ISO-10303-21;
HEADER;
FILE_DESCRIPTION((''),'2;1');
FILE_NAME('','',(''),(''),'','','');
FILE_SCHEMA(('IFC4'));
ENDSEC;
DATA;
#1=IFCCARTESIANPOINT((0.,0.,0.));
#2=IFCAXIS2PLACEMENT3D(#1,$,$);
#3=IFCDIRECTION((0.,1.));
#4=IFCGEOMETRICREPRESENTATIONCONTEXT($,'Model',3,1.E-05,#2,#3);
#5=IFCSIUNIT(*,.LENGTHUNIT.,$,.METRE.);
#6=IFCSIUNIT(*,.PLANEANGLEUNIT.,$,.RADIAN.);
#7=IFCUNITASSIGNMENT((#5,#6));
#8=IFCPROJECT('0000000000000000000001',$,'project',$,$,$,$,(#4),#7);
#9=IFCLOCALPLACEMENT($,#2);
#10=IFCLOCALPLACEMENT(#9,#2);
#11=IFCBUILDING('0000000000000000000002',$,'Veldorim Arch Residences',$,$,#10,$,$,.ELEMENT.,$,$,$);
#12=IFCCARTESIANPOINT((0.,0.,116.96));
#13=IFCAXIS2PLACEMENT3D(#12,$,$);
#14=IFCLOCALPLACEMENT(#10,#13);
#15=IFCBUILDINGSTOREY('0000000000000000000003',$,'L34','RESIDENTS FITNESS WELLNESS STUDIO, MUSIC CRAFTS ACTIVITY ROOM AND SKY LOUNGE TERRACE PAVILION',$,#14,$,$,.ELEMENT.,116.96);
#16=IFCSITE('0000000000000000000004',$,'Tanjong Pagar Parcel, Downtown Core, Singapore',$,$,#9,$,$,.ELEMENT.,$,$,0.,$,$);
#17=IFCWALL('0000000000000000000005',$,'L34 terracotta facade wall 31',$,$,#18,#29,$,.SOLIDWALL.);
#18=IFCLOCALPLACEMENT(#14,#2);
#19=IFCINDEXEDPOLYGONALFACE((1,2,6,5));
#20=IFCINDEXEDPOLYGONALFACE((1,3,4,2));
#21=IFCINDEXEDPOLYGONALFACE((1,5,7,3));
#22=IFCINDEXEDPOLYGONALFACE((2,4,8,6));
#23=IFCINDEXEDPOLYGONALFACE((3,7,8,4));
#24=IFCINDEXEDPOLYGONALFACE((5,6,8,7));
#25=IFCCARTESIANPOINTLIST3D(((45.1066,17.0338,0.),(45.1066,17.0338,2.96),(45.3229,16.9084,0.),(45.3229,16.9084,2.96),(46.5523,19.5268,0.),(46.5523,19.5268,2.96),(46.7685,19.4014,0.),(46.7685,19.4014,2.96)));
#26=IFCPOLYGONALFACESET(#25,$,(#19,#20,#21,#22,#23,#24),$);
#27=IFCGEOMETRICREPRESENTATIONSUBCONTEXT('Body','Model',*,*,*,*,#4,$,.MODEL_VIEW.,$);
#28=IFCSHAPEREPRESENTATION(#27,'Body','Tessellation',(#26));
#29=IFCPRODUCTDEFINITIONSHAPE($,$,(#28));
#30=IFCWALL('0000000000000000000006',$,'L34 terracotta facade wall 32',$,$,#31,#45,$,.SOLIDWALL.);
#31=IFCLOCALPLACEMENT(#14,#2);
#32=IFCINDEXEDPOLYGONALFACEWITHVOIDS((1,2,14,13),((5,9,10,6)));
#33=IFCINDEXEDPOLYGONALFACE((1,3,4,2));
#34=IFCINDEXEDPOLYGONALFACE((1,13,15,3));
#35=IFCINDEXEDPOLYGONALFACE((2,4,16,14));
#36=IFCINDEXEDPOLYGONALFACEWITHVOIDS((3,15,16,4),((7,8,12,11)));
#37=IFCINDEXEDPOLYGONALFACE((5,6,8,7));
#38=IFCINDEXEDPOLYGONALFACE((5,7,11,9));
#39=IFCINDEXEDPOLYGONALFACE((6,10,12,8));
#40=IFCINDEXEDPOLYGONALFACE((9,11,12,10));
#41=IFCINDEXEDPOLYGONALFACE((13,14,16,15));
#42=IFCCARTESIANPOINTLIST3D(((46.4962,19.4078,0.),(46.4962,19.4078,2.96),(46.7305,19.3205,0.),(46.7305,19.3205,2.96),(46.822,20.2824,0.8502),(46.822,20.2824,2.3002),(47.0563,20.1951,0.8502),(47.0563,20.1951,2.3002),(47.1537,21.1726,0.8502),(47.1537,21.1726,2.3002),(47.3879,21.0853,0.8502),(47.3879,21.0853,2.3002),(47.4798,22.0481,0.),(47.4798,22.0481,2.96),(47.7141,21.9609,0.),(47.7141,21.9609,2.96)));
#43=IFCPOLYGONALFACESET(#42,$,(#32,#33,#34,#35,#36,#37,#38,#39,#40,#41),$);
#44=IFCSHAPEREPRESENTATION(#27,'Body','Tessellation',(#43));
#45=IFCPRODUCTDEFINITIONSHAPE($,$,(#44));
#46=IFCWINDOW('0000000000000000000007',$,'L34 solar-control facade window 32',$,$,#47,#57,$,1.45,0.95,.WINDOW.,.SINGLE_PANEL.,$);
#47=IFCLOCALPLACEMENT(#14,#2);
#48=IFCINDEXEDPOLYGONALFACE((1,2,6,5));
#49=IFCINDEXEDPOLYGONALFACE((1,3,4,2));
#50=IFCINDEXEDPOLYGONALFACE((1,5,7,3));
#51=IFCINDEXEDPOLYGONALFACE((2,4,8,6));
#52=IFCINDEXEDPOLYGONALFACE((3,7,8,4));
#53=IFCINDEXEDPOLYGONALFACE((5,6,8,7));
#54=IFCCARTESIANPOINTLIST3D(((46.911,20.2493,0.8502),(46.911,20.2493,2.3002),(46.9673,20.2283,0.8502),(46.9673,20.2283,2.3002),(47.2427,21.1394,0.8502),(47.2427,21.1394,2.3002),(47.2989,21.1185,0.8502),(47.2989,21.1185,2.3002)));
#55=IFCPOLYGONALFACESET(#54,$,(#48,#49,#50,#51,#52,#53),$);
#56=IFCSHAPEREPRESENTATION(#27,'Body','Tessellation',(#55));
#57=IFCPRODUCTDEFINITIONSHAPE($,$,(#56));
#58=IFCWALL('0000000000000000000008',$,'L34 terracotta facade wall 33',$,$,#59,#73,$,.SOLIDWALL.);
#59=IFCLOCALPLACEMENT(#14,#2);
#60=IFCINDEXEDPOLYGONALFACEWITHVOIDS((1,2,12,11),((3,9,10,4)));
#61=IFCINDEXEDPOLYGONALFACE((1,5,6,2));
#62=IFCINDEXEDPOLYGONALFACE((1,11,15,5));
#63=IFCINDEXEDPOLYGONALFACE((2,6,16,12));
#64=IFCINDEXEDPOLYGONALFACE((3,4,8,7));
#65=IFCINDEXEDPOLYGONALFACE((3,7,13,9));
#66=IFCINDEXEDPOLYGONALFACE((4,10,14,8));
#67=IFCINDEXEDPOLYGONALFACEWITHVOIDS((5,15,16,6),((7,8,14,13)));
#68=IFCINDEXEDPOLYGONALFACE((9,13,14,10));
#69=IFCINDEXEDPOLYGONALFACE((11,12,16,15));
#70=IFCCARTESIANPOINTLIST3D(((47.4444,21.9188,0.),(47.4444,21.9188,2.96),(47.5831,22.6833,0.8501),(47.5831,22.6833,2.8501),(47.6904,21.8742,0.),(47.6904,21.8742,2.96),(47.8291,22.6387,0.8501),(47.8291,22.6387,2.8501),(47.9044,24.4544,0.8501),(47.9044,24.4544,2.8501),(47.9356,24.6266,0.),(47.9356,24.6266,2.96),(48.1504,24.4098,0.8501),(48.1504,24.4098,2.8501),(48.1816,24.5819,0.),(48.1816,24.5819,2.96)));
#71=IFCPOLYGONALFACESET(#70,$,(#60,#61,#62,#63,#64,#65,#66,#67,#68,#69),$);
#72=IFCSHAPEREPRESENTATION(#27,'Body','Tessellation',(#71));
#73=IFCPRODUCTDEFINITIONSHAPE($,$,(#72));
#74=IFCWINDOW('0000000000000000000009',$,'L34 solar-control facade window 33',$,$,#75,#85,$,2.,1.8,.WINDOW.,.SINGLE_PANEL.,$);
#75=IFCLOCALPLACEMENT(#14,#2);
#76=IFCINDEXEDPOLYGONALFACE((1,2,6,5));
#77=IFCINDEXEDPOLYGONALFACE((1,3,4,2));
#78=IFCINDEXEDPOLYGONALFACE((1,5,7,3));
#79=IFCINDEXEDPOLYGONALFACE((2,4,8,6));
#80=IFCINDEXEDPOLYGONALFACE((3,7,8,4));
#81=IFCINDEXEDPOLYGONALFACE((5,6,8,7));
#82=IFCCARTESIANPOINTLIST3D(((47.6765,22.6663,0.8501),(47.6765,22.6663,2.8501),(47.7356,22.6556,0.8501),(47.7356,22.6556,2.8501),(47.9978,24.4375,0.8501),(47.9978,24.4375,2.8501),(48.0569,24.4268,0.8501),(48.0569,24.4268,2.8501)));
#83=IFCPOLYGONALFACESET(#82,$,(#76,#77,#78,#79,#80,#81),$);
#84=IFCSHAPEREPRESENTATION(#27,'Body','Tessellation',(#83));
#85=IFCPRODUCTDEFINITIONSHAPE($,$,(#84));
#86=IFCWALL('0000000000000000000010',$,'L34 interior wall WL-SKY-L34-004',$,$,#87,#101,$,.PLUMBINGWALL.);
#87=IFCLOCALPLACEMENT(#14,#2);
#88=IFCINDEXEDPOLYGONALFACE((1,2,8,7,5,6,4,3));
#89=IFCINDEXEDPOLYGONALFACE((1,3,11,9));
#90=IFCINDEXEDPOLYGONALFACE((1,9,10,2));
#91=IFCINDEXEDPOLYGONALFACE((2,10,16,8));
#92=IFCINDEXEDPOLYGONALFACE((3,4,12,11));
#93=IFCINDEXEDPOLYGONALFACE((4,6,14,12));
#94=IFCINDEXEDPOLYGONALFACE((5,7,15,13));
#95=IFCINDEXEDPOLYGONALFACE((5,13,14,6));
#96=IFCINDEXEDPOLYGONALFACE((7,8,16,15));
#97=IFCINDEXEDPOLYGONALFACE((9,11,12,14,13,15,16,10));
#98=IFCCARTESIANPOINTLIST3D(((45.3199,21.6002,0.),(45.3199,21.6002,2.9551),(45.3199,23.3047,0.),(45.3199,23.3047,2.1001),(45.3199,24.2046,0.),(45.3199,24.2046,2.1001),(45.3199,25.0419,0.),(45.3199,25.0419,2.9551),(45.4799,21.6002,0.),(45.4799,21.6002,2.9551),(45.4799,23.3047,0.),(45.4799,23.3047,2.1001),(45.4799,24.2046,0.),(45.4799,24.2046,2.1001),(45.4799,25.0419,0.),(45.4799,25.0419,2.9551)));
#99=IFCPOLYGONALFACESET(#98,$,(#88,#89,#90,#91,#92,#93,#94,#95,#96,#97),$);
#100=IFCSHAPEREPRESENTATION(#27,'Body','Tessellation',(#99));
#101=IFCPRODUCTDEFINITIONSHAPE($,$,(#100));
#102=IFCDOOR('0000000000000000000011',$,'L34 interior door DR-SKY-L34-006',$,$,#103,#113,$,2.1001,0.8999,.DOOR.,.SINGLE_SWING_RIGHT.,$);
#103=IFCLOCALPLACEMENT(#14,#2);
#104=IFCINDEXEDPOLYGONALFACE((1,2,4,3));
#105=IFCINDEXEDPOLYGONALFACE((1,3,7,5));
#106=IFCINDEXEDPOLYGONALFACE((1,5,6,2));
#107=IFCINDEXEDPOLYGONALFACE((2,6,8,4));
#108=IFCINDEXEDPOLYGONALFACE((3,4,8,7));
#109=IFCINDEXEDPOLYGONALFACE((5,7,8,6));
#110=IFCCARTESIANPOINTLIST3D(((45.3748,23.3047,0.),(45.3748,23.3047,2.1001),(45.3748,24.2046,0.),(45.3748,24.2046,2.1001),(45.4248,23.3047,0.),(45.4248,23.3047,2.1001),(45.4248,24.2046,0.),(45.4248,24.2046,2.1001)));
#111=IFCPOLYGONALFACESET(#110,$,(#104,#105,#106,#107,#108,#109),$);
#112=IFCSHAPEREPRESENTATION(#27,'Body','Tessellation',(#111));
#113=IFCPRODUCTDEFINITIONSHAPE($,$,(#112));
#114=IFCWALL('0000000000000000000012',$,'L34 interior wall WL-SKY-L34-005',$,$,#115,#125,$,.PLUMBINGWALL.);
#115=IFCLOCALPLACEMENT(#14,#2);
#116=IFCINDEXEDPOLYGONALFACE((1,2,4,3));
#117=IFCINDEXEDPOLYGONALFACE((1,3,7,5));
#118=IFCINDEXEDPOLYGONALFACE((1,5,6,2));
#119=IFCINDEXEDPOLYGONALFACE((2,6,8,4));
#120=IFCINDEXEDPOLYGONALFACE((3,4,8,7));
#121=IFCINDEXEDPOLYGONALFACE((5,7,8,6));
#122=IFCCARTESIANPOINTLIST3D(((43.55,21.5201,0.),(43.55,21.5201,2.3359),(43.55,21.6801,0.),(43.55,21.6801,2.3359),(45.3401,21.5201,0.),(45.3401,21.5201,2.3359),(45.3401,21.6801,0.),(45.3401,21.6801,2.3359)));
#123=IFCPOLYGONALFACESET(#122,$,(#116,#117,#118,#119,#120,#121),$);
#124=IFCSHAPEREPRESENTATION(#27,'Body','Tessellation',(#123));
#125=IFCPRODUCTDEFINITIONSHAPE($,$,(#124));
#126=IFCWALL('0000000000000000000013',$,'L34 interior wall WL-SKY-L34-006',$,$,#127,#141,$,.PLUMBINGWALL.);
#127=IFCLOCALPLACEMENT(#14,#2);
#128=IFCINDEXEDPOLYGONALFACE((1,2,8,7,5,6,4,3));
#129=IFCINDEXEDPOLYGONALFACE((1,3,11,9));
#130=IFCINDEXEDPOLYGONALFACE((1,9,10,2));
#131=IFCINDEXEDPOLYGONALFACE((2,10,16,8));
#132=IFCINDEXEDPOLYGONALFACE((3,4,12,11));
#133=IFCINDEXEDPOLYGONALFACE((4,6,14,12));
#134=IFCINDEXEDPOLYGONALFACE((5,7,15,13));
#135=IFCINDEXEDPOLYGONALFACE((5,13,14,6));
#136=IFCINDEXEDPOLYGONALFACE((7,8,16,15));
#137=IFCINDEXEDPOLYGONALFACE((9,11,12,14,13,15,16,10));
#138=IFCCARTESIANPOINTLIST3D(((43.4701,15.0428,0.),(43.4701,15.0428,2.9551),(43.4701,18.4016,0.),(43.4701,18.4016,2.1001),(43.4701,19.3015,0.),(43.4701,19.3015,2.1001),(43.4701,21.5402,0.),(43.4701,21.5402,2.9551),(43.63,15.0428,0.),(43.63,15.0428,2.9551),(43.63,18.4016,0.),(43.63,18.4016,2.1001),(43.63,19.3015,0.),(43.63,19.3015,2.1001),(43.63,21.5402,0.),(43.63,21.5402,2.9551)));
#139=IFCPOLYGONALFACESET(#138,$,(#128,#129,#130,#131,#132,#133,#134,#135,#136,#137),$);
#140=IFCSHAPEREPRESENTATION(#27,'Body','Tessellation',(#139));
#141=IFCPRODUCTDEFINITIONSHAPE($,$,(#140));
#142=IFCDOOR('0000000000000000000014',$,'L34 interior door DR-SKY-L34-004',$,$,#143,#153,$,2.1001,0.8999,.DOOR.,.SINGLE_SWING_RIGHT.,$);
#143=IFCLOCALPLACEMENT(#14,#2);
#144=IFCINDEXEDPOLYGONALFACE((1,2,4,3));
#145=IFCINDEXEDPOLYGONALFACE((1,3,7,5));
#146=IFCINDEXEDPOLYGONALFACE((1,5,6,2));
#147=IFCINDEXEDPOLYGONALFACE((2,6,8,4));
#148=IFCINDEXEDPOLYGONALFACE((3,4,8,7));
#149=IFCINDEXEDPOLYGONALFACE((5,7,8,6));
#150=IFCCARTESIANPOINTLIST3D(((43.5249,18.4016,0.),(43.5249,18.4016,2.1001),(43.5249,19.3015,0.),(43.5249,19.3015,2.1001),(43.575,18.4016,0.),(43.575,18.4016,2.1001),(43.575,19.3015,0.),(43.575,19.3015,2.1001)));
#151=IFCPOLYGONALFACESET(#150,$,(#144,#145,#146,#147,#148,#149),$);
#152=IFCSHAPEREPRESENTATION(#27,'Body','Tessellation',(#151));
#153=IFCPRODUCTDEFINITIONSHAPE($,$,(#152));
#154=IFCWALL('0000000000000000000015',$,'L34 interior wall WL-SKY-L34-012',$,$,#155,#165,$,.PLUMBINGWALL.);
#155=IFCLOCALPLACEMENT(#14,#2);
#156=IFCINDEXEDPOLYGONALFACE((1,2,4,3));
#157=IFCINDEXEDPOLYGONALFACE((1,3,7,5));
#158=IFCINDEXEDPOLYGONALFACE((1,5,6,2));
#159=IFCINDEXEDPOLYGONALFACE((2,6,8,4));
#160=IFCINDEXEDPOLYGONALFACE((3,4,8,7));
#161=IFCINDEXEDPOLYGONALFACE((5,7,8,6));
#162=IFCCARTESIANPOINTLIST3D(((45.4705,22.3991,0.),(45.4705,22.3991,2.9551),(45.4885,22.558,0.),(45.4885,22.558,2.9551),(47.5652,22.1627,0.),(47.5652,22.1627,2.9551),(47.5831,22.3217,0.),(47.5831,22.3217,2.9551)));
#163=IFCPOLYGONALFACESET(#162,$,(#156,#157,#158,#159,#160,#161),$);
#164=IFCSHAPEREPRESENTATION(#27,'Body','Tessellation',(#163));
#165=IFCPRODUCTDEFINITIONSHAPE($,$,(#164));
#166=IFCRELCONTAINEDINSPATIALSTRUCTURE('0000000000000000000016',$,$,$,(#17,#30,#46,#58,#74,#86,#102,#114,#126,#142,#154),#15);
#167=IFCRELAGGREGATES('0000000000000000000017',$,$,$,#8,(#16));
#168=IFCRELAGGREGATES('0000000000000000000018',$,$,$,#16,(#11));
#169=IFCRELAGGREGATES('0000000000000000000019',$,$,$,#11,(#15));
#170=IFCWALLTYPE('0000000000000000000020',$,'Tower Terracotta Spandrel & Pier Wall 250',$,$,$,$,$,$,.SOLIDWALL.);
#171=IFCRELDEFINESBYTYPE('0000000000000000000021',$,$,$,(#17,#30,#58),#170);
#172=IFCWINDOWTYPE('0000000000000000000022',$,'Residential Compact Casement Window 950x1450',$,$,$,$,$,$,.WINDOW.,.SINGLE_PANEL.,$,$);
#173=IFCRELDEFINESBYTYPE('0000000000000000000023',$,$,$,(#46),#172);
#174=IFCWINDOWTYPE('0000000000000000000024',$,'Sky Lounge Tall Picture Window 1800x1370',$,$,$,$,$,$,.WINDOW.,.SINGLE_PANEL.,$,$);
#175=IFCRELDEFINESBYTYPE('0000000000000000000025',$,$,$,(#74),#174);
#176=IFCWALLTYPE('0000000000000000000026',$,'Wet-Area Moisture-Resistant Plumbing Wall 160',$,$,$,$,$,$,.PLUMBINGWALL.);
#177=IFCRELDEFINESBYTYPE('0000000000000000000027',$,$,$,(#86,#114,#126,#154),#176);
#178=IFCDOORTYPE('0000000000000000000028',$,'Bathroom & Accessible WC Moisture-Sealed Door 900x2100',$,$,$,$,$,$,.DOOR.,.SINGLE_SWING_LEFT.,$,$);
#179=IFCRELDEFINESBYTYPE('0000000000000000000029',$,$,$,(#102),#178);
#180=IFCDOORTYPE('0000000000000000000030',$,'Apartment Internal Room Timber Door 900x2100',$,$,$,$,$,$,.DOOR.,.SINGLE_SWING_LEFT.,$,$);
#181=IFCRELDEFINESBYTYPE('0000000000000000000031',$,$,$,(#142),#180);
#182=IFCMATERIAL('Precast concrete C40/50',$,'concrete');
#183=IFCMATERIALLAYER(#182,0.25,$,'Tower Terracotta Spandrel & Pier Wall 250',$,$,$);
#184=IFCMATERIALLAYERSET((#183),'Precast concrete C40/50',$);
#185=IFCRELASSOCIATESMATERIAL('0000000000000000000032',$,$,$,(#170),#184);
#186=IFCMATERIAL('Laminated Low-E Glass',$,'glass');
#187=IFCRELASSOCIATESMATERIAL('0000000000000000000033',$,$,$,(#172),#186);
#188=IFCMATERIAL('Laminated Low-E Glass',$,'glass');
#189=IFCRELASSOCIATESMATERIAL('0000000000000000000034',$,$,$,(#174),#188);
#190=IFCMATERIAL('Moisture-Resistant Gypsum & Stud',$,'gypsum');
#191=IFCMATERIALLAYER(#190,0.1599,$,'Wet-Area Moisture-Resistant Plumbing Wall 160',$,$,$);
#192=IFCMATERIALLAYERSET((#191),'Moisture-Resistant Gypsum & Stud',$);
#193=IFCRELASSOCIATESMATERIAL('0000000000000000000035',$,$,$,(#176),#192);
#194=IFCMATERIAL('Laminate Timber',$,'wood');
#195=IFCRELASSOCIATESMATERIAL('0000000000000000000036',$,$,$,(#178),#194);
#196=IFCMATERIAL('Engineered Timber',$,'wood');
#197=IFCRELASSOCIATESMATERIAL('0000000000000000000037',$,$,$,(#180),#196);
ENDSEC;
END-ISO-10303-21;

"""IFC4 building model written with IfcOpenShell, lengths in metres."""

from ifc_helpers import new_model, si_unit, direction, frame, frame_2d, origin, place, context, subcontext, project, spatial, rectangle, extrude, material, layer, layer_set, type_object, element, fill, save


model = new_model("IFC4")

# Units and contexts
model_context = context("Model", 3, precision=1e-05, world=origin(), true_north=direction((0.0, 1.0)))
body_context = subcontext(model_context, "Body", "Model", "MODEL_VIEW")
ifc_project = project(units=[si_unit("LENGTHUNIT", "METRE"), si_unit("PLANEANGLEUNIT", "RADIAN")], contexts=[model_context])

# Site, building, storey
site_placement = place(None, origin())
site = spatial("IfcSite", under=ifc_project, at=site_placement, Name="Tanjong Pagar Parcel, Downtown Core, Singapore", CompositionType="ELEMENT", RefElevation=0.0)
building_placement = place(site_placement, origin())
building = spatial("IfcBuilding", under=site, at=building_placement, Name="Veldorim Arch Residences", CompositionType="ELEMENT")
storey_placement = place(building_placement, frame((0.0, 0.0, 116.96)))
storey = spatial("IfcBuildingStorey", under=building, at=storey_placement, Name="L34", Description="RESIDENTS FITNESS WELLNESS STUDIO, MUSIC CRAFTS ACTIVITY ROOM AND SKY LOUNGE TERRACE PAVILION", CompositionType="ELEMENT", Elevation=116.96)

# Wall
ifc_material_1 = material(Name="Precast concrete C40/50", Category="concrete")
ifc_layer_1 = layer(ifc_material_1, 0.25, Name="Tower Terracotta Spandrel & Pier Wall 250")
ifc_layer_set_1 = layer_set([ifc_layer_1], Name="Precast concrete C40/50")
wall_type_1 = type_object("IfcWallType", Name="Tower Terracotta Spandrel & Pier Wall 250", PredefinedType="SOLIDWALL", material=ifc_layer_set_1)
wall_1_placement = place(storey_placement, frame((46.6604, 19.4641, 0.0), z_axis=(0.0, 0.0, 1.0), x_axis=(-0.501631, -0.865082, 0.0)))
element("IfcWall", 1, at=wall_1_placement, inside=storey, type_object=wall_type_1, Name="L34 terracotta facade wall 31", PredefinedType="SOLIDWALL", context=body_context, shape_type="SweptSolid", body=[
    extrude(rectangle(XDim=2.8818, YDim=0.25, at=frame_2d((1.4409, 0.0))), origin(), (0.0, 0.0, 1.0), 2.96),
])

# Walls, openings, windows
wall_2_placement = place(storey_placement, frame((47.5969, 22.0044, 0.0), z_axis=(0.0, 0.0, 1.0), x_axis=(-0.3491, -0.937085, 0.0)))
wall_2 = element("IfcWall", 2, at=wall_2_placement, inside=storey, type_object=wall_type_1, Name="L34 terracotta facade wall 32", PredefinedType="SOLIDWALL", context=body_context, shape_type="SweptSolid", body=[
    extrude(rectangle(XDim=2.8176, YDim=0.25, at=frame_2d((1.4087, 0.0))), origin(), (0.0, 0.0, 1.0), 2.96),
])
opening_1_placement = place(wall_2_placement, frame((0.9341, 0.0, 0.8501)))
opening_1 = element("IfcOpeningElement", 3, at=opening_1_placement, cuts=wall_2, PredefinedType="OPENING", context=body_context, shape_type="SweptSolid", body=[
    extrude(rectangle(XDim=0.95, YDim=1.45, at=frame_2d((0.4751, 0.7251))), frame((0.0, 0.135, 0.0), z_axis=(0.0, -1.0, 0.0), x_axis=(1.0, 0.0, 0.0)), (0.0, 0.0, 1.0), 0.27),
])
ifc_material_2 = material(Name="Laminated Low-E Glass", Category="glass")
window_type_1 = type_object("IfcWindowType", Name="Residential Compact Casement Window 950x1450", PartitioningType="SINGLE_PANEL", PredefinedType="WINDOW", material=ifc_material_2)
window_1_placement = place(opening_1_placement, origin())
window_1 = element("IfcWindow", 4, at=window_1_placement, inside=storey, type_object=window_type_1, Name="L34 solar-control facade window 32", OverallHeight=1.45, OverallWidth=0.95, PartitioningType="SINGLE_PANEL", PredefinedType="WINDOW", context=body_context, shape_type="SweptSolid", body=[
    extrude(rectangle(XDim=0.95, YDim=1.45, at=frame_2d((0.4751, 0.7251))), frame((0.0, 0.03, 0.0), z_axis=(0.0, -1.0, 0.0), x_axis=(1.0, 0.0, 0.0)), (0.0, 0.0, 1.0), 0.0601),
])
fill(opening_1, window_1)
wall_3_placement = place(storey_placement, frame((48.0586, 24.6042, 0.0), z_axis=(0.0, 0.0, 1.0), x_axis=(-0.178495, -0.983941, 0.0)))
wall_3 = element("IfcWall", 5, at=wall_3_placement, inside=storey, type_object=wall_type_1, Name="L34 terracotta facade wall 33", PredefinedType="SOLIDWALL", context=body_context, shape_type="SweptSolid", body=[
    extrude(rectangle(XDim=2.752, YDim=0.25, at=frame_2d((1.376, 0.0))), origin(), (0.0, 0.0, 1.0), 2.96),
])
opening_2_placement = place(wall_3_placement, frame((0.175, 0.0, 0.8501)))
opening_2 = element("IfcOpeningElement", 6, at=opening_2_placement, cuts=wall_3, PredefinedType="OPENING", context=body_context, shape_type="SweptSolid", body=[
    extrude(rectangle(XDim=1.8, YDim=2.0, at=frame_2d((0.8999, 1.0))), frame((0.0, 0.135, 0.0), z_axis=(0.0, -1.0, 0.0), x_axis=(1.0, 0.0, 0.0)), (0.0, 0.0, 1.0), 0.27),
])
ifc_material_3 = material(Name="Laminated Low-E Glass", Category="glass")
window_type_2 = type_object("IfcWindowType", Name="Sky Lounge Tall Picture Window 1800x1370", PartitioningType="SINGLE_PANEL", PredefinedType="WINDOW", material=ifc_material_3)
window_2_placement = place(opening_2_placement, origin())
window_2 = element("IfcWindow", 7, at=window_2_placement, inside=storey, type_object=window_type_2, Name="L34 solar-control facade window 33", OverallHeight=2.0, OverallWidth=1.8, PartitioningType="SINGLE_PANEL", PredefinedType="WINDOW", context=body_context, shape_type="SweptSolid", body=[
    extrude(rectangle(XDim=1.8, YDim=2.0, at=frame_2d((0.8999, 1.0))), frame((0.0, 0.03, 0.0), z_axis=(0.0, -1.0, 0.0), x_axis=(1.0, 0.0, 0.0)), (0.0, 0.0, 1.0), 0.0601),
])
fill(opening_2, window_2)

# Wall, opening, door
ifc_material_4 = material(Name="Moisture-Resistant Gypsum & Stud", Category="gypsum")
ifc_layer_2 = layer(ifc_material_4, 0.1599, Name="Wet-Area Moisture-Resistant Plumbing Wall 160")
ifc_layer_set_2 = layer_set([ifc_layer_2], Name="Moisture-Resistant Gypsum & Stud")
wall_type_2 = type_object("IfcWallType", Name="Wet-Area Moisture-Resistant Plumbing Wall 160", PredefinedType="PLUMBINGWALL", material=ifc_layer_set_2)
wall_4_placement = place(storey_placement, frame((45.3999, 25.0417, 0.0), z_axis=(0.0, 0.0, 1.0), x_axis=(0.0, -1.0, 0.0)))
wall_4 = element("IfcWall", 8, at=wall_4_placement, inside=storey, type_object=wall_type_2, Name="L34 interior wall WL-SKY-L34-004", PredefinedType="PLUMBINGWALL", context=body_context, shape_type="SweptSolid", body=[
    extrude(rectangle(XDim=3.4417, YDim=0.1599, at=frame_2d((1.7207, 0.0))), origin(), (0.0, 0.0, 1.0), 2.9551),
])
opening_3_placement = place(wall_4_placement, frame((0.8372, 0.0, 0.0)))
opening_3 = element("IfcOpeningElement", 9, at=opening_3_placement, cuts=wall_4, PredefinedType="OPENING", context=body_context, shape_type="SweptSolid", body=[
    extrude(rectangle(XDim=0.8999, YDim=2.1001, at=frame_2d((0.45, 1.05))), frame((0.0, 0.0898, 0.0), z_axis=(0.0, -1.0, 0.0), x_axis=(1.0, 0.0, 0.0)), (0.0, 0.0, 1.0), 0.1799),
])
ifc_material_5 = material(Name="Laminate Timber", Category="wood")
door_type_1 = type_object("IfcDoorType", Name="Bathroom & Accessible WC Moisture-Sealed Door 900x2100", OperationType="SINGLE_SWING_LEFT", PredefinedType="DOOR", material=ifc_material_5)
door_1_placement = place(opening_3_placement, origin())
door_1 = element("IfcDoor", 10, at=door_1_placement, inside=storey, type_object=door_type_1, Name="L34 interior door DR-SKY-L34-006", OperationType="SINGLE_SWING_RIGHT", OverallHeight=2.1001, OverallWidth=0.8999, PredefinedType="DOOR", context=body_context, shape_type="SweptSolid", body=[
    extrude(rectangle(XDim=0.8999, YDim=2.1001, at=frame_2d((0.45, 1.05))), frame((0.0, 0.0249, 0.0), z_axis=(0.0, -1.0, 0.0), x_axis=(1.0, 0.0, 0.0)), (0.0, 0.0, 1.0), 0.05),
])
fill(opening_3, door_1)

# Wall
wall_5_placement = place(storey_placement, frame((45.3401, 21.6001, 0.0), z_axis=(0.0, 0.0, 1.0), x_axis=(-1.0, 0.0, 0.0)))
element("IfcWall", 11, at=wall_5_placement, inside=storey, type_object=wall_type_2, Name="L34 interior wall WL-SKY-L34-005", PredefinedType="PLUMBINGWALL", context=body_context, shape_type="SweptSolid", body=[
    extrude(rectangle(XDim=1.79, YDim=0.1599, at=frame_2d((0.895, 0.0))), origin(), (0.0, 0.0, 1.0), 2.3359),
])

# Wall, opening, door
wall_6_placement = place(storey_placement, frame((43.55, 21.54, 0.0), z_axis=(0.0, 0.0, 1.0), x_axis=(0.0, -1.0, 0.0)))
wall_6 = element("IfcWall", 12, at=wall_6_placement, inside=storey, type_object=wall_type_2, Name="L34 interior wall WL-SKY-L34-006", PredefinedType="PLUMBINGWALL", context=body_context, shape_type="SweptSolid", body=[
    extrude(rectangle(XDim=6.4973, YDim=0.1599, at=frame_2d((3.2485, 0.0))), origin(), (0.0, 0.0, 1.0), 2.9551),
])
opening_4_placement = place(wall_6_placement, frame((2.2385, 0.0, 0.0)))
opening_4 = element("IfcOpeningElement", 13, at=opening_4_placement, cuts=wall_6, PredefinedType="OPENING", context=body_context, shape_type="SweptSolid", body=[
    extrude(rectangle(XDim=0.8999, YDim=2.1001, at=frame_2d((0.45, 1.05))), frame((0.0, 0.0898, 0.0), z_axis=(0.0, -1.0, 0.0), x_axis=(1.0, 0.0, 0.0)), (0.0, 0.0, 1.0), 0.1799),
])
ifc_material_6 = material(Name="Engineered Timber", Category="wood")
door_type_2 = type_object("IfcDoorType", Name="Apartment Internal Room Timber Door 900x2100", OperationType="SINGLE_SWING_LEFT", PredefinedType="DOOR", material=ifc_material_6)
door_2_placement = place(opening_4_placement, origin())
door_2 = element("IfcDoor", 14, at=door_2_placement, inside=storey, type_object=door_type_2, Name="L34 interior door DR-SKY-L34-004", OperationType="SINGLE_SWING_RIGHT", OverallHeight=2.1001, OverallWidth=0.8999, PredefinedType="DOOR", context=body_context, shape_type="SweptSolid", body=[
    extrude(rectangle(XDim=0.8999, YDim=2.1001, at=frame_2d((0.45, 1.05))), frame((0.0, 0.0249, 0.0), z_axis=(0.0, -1.0, 0.0), x_axis=(1.0, 0.0, 0.0)), (0.0, 0.0, 1.0), 0.05),
])
fill(opening_4, door_2)

# Wall
wall_7_placement = place(storey_placement, frame((45.4795, 22.4785, 0.0), z_axis=(0.0, 0.0, 1.0), x_axis=(0.993696, -0.112109, 0.0)))
element("IfcWall", 15, at=wall_7_placement, inside=storey, type_object=wall_type_2, Name="L34 interior wall WL-SKY-L34-012", PredefinedType="PLUMBINGWALL", context=body_context, shape_type="SweptSolid", body=[
    extrude(rectangle(XDim=2.1079, YDim=0.1599, at=frame_2d((1.054, 0.0))), origin(), (0.0, 0.0, 1.0), 2.9551),
])

save(model, "model.ifc")
